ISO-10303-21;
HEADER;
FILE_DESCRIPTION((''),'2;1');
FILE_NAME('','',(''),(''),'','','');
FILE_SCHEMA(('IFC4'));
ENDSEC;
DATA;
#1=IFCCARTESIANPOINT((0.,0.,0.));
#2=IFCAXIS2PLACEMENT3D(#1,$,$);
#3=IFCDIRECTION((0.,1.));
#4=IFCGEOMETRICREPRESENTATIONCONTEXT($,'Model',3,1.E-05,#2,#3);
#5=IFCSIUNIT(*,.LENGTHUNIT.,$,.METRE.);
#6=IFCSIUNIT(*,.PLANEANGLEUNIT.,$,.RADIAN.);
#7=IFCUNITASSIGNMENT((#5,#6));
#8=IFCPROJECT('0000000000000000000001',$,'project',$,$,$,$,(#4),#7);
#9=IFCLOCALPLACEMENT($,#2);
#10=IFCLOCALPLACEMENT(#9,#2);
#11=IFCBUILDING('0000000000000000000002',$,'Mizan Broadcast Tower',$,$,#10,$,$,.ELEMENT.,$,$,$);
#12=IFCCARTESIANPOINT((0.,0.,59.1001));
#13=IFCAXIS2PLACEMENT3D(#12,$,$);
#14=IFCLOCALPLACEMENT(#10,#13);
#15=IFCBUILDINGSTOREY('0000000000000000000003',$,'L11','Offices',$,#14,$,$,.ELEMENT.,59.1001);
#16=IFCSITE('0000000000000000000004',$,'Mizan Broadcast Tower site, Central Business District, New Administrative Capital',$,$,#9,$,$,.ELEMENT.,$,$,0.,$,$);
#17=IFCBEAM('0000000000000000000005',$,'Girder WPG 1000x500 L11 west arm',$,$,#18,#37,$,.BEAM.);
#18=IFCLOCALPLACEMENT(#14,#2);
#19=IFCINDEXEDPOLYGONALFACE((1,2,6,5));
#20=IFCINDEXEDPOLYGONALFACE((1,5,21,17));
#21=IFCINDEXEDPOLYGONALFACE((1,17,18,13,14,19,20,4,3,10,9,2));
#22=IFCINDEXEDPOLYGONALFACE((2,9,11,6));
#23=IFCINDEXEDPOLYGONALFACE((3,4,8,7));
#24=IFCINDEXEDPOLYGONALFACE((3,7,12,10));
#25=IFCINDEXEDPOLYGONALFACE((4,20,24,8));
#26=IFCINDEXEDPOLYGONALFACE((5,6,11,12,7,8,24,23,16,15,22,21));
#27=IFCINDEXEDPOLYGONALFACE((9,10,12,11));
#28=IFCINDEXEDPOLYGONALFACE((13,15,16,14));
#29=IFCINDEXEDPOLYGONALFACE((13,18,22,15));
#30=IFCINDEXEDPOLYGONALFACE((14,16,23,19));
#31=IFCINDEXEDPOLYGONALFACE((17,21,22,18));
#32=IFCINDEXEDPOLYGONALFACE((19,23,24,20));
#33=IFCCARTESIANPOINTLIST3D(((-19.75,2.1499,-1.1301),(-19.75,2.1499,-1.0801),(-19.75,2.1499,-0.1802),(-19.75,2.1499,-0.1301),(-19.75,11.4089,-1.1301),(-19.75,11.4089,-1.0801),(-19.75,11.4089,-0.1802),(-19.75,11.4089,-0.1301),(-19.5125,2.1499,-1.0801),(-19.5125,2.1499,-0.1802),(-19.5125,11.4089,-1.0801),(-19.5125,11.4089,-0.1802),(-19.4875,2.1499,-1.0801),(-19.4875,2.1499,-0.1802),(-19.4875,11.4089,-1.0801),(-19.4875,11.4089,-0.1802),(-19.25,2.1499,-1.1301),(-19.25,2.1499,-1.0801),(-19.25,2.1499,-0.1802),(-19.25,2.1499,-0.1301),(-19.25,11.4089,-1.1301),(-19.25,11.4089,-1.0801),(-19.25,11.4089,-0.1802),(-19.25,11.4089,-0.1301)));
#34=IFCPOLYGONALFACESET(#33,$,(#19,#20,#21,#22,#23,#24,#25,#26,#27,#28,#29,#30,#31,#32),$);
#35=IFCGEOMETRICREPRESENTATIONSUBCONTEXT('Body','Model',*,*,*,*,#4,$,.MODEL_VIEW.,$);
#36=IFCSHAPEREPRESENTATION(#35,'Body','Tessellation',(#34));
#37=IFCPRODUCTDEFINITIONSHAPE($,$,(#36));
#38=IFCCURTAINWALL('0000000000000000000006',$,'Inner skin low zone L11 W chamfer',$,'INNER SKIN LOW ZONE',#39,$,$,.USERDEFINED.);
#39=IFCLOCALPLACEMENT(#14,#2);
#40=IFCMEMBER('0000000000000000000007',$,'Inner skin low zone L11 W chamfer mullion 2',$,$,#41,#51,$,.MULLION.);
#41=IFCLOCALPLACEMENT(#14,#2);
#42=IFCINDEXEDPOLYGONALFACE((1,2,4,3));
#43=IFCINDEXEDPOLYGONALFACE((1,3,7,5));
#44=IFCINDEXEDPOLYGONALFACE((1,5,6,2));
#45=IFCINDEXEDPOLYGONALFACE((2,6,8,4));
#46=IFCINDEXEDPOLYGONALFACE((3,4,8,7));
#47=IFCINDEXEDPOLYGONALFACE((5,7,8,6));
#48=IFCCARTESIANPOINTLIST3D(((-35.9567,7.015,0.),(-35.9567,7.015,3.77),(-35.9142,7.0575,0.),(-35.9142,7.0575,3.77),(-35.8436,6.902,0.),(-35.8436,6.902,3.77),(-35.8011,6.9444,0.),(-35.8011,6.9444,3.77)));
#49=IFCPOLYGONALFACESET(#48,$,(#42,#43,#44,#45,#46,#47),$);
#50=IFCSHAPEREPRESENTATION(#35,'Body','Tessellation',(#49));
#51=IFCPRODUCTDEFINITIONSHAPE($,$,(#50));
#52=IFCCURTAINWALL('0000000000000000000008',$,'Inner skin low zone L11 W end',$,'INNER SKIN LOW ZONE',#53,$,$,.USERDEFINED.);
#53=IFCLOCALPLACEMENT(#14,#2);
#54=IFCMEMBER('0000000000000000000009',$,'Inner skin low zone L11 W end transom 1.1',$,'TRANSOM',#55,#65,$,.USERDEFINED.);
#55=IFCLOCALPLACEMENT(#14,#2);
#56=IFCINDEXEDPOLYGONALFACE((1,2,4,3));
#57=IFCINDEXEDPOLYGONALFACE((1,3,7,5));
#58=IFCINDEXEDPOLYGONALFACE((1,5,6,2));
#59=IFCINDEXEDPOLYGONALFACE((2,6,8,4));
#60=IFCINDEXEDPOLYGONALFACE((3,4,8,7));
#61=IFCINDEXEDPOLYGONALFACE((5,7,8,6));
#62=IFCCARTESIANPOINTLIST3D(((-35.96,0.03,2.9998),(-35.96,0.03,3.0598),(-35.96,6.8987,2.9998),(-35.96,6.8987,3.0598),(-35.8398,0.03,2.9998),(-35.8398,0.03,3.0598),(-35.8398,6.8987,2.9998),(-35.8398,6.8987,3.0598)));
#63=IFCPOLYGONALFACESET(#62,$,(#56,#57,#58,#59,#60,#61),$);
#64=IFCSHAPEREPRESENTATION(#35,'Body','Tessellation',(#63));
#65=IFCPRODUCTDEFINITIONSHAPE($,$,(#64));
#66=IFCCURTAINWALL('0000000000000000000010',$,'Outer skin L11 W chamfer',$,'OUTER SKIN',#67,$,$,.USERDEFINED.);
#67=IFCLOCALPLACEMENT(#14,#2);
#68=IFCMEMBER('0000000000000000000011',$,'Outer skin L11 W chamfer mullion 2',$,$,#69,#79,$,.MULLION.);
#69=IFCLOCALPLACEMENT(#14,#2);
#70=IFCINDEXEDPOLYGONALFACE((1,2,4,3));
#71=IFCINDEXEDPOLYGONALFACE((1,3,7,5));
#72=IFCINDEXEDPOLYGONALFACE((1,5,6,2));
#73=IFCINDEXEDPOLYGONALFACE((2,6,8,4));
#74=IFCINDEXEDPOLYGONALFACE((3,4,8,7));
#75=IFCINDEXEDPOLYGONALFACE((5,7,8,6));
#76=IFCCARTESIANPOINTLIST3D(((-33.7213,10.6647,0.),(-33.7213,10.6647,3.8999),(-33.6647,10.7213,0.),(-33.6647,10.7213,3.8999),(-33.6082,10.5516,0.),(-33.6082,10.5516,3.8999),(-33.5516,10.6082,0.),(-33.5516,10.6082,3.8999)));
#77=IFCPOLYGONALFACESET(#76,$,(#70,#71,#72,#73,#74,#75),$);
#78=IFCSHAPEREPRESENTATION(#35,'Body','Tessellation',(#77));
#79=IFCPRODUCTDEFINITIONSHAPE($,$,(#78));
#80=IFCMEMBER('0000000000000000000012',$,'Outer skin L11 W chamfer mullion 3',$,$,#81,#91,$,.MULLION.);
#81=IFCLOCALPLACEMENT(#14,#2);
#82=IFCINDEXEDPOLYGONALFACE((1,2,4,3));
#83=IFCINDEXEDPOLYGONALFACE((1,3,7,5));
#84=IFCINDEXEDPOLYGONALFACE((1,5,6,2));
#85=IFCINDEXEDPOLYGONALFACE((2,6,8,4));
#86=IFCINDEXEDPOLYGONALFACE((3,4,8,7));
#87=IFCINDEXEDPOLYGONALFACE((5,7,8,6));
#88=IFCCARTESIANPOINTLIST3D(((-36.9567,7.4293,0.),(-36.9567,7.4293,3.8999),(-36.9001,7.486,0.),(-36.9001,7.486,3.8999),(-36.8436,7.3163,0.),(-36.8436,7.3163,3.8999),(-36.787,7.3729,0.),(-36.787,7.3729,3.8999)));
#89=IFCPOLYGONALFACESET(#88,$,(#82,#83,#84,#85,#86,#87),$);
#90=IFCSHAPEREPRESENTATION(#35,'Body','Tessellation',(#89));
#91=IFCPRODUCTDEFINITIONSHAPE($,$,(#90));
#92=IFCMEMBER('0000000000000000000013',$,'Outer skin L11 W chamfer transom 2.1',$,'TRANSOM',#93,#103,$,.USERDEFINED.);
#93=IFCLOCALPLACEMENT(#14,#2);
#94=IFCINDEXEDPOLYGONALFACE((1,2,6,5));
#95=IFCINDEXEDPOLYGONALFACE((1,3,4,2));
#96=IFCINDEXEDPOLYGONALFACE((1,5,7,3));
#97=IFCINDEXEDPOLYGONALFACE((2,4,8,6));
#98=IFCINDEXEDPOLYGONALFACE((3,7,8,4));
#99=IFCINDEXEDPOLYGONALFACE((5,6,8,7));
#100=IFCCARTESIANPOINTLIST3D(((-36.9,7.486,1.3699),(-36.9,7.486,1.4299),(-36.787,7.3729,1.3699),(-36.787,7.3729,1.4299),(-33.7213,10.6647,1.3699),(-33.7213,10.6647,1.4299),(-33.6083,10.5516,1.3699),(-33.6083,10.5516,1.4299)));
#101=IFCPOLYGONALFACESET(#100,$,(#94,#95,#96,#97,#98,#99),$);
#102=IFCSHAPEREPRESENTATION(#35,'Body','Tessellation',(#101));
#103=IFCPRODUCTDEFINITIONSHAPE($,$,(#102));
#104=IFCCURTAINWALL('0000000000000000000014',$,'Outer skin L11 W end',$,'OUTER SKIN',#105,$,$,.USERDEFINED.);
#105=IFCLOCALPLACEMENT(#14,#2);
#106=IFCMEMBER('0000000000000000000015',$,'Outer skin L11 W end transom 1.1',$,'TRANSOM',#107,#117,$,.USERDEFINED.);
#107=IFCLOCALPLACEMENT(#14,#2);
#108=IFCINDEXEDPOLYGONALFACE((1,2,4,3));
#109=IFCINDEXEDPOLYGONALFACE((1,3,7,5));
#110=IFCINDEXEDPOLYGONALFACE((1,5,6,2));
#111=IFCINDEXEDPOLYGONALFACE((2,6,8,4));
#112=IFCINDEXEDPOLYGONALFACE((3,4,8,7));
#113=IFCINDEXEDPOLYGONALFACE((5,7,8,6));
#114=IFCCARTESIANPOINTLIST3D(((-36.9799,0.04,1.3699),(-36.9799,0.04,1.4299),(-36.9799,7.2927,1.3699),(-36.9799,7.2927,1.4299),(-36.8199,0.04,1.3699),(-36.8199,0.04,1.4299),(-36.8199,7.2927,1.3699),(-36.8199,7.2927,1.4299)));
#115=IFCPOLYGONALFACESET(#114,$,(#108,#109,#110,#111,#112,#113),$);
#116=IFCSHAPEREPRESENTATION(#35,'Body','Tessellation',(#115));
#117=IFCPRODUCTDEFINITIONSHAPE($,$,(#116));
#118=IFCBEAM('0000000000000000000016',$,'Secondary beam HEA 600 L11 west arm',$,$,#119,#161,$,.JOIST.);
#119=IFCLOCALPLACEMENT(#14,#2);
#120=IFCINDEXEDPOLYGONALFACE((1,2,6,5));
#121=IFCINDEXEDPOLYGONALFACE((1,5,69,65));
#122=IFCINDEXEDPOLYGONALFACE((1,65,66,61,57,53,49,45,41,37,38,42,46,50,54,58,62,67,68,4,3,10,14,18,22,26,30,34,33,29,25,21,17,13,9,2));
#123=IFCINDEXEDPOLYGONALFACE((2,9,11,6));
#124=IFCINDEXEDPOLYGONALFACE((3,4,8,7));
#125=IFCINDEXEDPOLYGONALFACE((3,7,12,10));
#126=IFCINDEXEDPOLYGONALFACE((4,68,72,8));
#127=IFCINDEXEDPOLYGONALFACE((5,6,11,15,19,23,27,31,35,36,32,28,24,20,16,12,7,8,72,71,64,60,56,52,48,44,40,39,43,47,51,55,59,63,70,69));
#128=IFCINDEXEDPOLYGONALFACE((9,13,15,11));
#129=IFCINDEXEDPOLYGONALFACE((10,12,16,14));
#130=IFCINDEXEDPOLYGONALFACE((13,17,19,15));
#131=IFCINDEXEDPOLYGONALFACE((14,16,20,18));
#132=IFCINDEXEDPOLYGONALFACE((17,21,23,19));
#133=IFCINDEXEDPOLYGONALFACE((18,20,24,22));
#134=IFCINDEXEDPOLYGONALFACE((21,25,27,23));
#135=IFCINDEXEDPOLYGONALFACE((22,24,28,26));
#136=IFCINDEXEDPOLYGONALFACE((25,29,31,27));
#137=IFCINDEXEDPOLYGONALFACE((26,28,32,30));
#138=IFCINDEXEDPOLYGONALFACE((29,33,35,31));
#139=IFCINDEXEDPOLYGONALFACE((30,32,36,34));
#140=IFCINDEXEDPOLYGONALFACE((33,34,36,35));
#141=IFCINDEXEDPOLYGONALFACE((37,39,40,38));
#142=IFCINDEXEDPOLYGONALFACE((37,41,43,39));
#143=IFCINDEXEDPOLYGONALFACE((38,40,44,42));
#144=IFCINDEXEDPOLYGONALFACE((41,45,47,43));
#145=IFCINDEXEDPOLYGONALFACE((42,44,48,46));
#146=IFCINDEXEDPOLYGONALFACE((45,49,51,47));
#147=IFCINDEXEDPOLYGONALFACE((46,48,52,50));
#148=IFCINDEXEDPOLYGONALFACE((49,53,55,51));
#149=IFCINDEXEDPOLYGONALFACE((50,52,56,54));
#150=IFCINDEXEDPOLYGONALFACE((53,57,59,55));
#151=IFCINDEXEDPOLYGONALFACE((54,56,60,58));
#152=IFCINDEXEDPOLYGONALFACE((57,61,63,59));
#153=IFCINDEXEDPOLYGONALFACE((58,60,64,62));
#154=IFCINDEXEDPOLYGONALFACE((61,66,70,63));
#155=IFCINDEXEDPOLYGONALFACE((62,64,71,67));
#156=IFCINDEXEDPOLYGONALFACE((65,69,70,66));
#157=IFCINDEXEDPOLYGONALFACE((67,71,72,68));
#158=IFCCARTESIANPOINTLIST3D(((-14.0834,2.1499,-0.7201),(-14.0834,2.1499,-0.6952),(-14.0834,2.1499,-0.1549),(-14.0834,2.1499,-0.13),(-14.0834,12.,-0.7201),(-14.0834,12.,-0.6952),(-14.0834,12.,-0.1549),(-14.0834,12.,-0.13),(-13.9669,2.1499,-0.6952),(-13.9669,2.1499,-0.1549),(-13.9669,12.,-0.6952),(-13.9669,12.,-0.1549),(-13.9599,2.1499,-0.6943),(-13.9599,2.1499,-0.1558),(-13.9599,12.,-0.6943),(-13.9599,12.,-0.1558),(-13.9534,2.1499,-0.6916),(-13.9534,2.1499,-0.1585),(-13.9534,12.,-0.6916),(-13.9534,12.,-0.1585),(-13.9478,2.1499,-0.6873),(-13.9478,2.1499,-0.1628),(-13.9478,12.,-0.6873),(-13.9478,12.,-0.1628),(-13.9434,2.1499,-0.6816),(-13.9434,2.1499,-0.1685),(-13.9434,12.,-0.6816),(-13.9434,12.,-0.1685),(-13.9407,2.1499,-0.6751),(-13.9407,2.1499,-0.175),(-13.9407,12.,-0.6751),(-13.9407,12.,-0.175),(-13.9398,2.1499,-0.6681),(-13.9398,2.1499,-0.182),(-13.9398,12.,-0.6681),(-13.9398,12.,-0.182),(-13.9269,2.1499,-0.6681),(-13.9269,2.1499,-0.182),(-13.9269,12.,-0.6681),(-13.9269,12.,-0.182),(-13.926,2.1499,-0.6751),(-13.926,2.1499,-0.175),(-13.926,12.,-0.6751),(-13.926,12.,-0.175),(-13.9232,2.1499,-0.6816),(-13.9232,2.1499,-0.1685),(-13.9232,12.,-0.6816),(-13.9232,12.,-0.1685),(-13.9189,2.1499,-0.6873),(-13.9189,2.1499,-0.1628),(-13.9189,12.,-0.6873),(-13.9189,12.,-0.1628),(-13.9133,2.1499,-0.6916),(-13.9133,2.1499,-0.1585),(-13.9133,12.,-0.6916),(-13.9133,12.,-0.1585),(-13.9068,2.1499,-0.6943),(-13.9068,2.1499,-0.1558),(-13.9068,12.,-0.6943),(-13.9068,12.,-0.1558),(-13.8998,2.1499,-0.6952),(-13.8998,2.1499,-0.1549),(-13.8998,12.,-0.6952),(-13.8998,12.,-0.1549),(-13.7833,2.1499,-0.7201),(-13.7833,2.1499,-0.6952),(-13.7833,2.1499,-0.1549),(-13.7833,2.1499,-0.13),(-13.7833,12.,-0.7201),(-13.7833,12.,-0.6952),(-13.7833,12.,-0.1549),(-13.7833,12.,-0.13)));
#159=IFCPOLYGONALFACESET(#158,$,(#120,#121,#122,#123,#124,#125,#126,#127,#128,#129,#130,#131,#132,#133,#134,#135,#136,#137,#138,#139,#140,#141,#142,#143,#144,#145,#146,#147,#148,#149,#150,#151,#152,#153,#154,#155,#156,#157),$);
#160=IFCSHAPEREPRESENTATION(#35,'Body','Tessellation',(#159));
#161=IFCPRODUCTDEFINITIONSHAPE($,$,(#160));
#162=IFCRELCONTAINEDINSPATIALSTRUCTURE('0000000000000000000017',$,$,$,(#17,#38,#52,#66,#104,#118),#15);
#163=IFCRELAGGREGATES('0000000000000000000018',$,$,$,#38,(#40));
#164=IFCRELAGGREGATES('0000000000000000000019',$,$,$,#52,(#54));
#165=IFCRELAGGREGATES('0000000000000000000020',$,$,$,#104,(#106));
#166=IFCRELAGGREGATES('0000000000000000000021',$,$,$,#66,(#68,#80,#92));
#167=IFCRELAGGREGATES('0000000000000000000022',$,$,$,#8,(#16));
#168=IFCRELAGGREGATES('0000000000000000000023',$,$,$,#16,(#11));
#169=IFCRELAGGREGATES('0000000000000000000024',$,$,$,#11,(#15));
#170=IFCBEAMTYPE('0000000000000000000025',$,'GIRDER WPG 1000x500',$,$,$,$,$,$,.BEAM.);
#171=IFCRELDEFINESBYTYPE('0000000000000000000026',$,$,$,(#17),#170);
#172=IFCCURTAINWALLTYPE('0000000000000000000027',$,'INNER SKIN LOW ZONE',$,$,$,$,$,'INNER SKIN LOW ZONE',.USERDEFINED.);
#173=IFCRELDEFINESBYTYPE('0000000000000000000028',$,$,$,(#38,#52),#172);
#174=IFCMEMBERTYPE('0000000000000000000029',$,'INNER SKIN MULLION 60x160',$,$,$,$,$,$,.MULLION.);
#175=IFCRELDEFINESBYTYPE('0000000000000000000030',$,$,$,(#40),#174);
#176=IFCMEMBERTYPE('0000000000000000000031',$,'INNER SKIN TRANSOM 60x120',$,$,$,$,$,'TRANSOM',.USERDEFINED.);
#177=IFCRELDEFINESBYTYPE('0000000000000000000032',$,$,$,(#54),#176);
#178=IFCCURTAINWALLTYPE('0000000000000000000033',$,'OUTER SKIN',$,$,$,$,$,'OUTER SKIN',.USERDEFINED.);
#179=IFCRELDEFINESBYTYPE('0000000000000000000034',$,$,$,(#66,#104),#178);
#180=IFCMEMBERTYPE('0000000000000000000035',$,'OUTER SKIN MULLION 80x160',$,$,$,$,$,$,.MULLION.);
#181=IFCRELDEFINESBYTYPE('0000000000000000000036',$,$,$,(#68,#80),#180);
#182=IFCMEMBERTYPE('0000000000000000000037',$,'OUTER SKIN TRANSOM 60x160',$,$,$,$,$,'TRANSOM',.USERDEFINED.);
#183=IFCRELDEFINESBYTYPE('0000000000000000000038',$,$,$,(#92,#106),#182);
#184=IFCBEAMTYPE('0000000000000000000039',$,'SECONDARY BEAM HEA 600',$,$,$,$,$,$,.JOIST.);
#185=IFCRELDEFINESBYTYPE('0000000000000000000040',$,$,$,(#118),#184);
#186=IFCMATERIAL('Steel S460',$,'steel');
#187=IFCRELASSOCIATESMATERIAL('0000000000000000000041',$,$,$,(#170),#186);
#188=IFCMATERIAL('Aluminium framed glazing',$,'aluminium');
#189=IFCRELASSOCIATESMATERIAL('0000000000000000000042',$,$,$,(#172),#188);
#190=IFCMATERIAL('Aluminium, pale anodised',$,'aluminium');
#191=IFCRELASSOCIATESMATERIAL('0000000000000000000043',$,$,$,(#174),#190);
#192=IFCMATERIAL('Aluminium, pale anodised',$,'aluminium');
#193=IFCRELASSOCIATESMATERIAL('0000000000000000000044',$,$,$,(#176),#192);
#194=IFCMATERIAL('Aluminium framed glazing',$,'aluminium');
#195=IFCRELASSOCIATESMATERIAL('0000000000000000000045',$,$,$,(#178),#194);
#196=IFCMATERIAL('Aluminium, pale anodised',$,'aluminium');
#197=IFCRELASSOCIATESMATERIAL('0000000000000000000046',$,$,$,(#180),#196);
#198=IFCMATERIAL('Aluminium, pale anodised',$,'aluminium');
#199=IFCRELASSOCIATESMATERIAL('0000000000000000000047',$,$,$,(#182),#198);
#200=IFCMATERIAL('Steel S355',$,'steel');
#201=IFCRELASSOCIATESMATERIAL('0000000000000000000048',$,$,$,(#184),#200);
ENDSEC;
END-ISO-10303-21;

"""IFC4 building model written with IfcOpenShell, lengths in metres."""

from ifc_helpers import new_model, si_unit, direction, frame, origin, origin_2d, place, context, subcontext, project, spatial, rectangle, i_section, extrude, material, material_profile, profile_set, type_object, element, aggregate, save


model = new_model("IFC4")

# Units and contexts
model_context = context("Model", 3, precision=1e-05, world=origin(), true_north=direction((0.0, 1.0)))
body_context = subcontext(model_context, "Body", "Model", "MODEL_VIEW")
ifc_project = project(units=[si_unit("LENGTHUNIT", "METRE"), si_unit("PLANEANGLEUNIT", "RADIAN")], contexts=[model_context])

# Site, building, storey
site_placement = place(None, origin())
site = spatial("IfcSite", under=ifc_project, at=site_placement, Name="Mizan Broadcast Tower site, Central Business District, New Administrative Capital", CompositionType="ELEMENT", RefElevation=0.0)
building_placement = place(site_placement, origin())
building = spatial("IfcBuilding", under=site, at=building_placement, Name="Mizan Broadcast Tower", CompositionType="ELEMENT")
storey_placement = place(building_placement, frame((0.0, 0.0, 59.1001)))
storey = spatial("IfcBuildingStorey", under=building, at=storey_placement, Name="L11", Description="Offices", CompositionType="ELEMENT", Elevation=59.1001)

# Beam
ifc_material_1 = material(Name="Steel S460", Category="steel")
ifc_material_profile_1 = material_profile(ifc_material_1, i_section(OverallWidth=0.5, OverallDepth=1.0, WebThickness=0.0249, FlangeThickness=0.05, at=origin_2d()), Name="WPG 1000x500")
ifc_profile_set_1 = profile_set([ifc_material_profile_1], Name="Steel S460")
beam_type_1 = type_object("IfcBeamType", Name="GIRDER WPG 1000x500", PredefinedType="BEAM", material=ifc_profile_set_1)
beam_1_placement = place(storey_placement, frame((-19.5, 11.4089, -0.6301), z_axis=(0.0, -1.0, 0.0), x_axis=(1.0, 0.0, 0.0)))
element("IfcBeam", 1, at=beam_1_placement, inside=storey, type_object=beam_type_1, Name="Girder WPG 1000x500 L11 west arm", PredefinedType="BEAM", context=body_context, shape_type="SweptSolid", body=[
    extrude(i_section(OverallWidth=0.5, OverallDepth=1.0, WebThickness=0.0249, FlangeThickness=0.05, at=origin_2d()), origin(), (0.0, 0.0, 1.0), 9.259),
])

# Curtain walls, members
ifc_material_2 = material(Name="Aluminium framed glazing", Category="aluminium")
curtain_wall_type_1 = type_object("IfcCurtainWallType", Name="INNER SKIN LOW ZONE", ElementType="INNER SKIN LOW ZONE", PredefinedType="USERDEFINED", material=ifc_material_2)
curtain_wall_1_placement = place(storey_placement, origin())
curtain_wall_1 = element("IfcCurtainWall", 2, at=curtain_wall_1_placement, inside=storey, type_object=curtain_wall_type_1, Name="Inner skin low zone L11 W chamfer", ObjectType="INNER SKIN LOW ZONE", PredefinedType="USERDEFINED")
ifc_material_3 = material(Name="Aluminium, pale anodised", Category="aluminium")
ifc_material_profile_2 = material_profile(ifc_material_3, rectangle(XDim=0.1599, YDim=0.0601, at=origin_2d()), Name="MULLION 160x60")
ifc_profile_set_2 = profile_set([ifc_material_profile_2], Name="Aluminium, pale anodised")
member_type_1 = type_object("IfcMemberType", Name="INNER SKIN MULLION 60x160", PredefinedType="MULLION", material=ifc_profile_set_2)
member_1_placement = place(storey_placement, frame((-35.8789, 6.9797, 0.0), z_axis=(0.0, 0.0, 1.0), x_axis=(0.707107, -0.707107, 0.0)))
member_1 = element("IfcMember", 3, at=member_1_placement, type_object=member_type_1, Name="Inner skin low zone L11 W chamfer mullion 2", PredefinedType="MULLION", context=body_context, shape_type="SweptSolid", body=[
    extrude(rectangle(XDim=0.1599, YDim=0.0601, at=origin_2d()), origin(), (0.0, 0.0, 1.0), 3.77),
])
curtain_wall_2_placement = place(storey_placement, origin())
curtain_wall_2 = element("IfcCurtainWall", 4, at=curtain_wall_2_placement, inside=storey, type_object=curtain_wall_type_1, Name="Inner skin low zone L11 W end", ObjectType="INNER SKIN LOW ZONE", PredefinedType="USERDEFINED")
ifc_material_4 = material(Name="Aluminium, pale anodised", Category="aluminium")
ifc_material_profile_3 = material_profile(ifc_material_4, rectangle(XDim=0.1201, YDim=0.0601, at=origin_2d()), Name="TRANSOM 120x60")
ifc_profile_set_3 = profile_set([ifc_material_profile_3], Name="Aluminium, pale anodised")
member_type_2 = type_object("IfcMemberType", Name="INNER SKIN TRANSOM 60x120", ElementType="TRANSOM", PredefinedType="USERDEFINED", material=ifc_profile_set_3)
member_2_placement = place(storey_placement, frame((-35.8999, 6.8987, 3.0298), z_axis=(0.0, -1.0, 0.0), x_axis=(1.0, 0.0, 0.0)))
member_2 = element("IfcMember", 5, at=member_2_placement, type_object=member_type_2, Name="Inner skin low zone L11 W end transom 1.1", ObjectType="TRANSOM", PredefinedType="USERDEFINED", context=body_context, shape_type="SweptSolid", body=[
    extrude(rectangle(XDim=0.1201, YDim=0.0601, at=origin_2d()), origin(), (0.0, 0.0, 1.0), 6.8687),
])

# Curtain wall, members
ifc_material_5 = material(Name="Aluminium framed glazing", Category="aluminium")
curtain_wall_type_2 = type_object("IfcCurtainWallType", Name="OUTER SKIN", ElementType="OUTER SKIN", PredefinedType="USERDEFINED", material=ifc_material_5)
curtain_wall_3_placement = place(storey_placement, origin())
curtain_wall_3 = element("IfcCurtainWall", 6, at=curtain_wall_3_placement, inside=storey, type_object=curtain_wall_type_2, Name="Outer skin L11 W chamfer", ObjectType="OUTER SKIN", PredefinedType="USERDEFINED")
ifc_material_6 = material(Name="Aluminium, pale anodised", Category="aluminium")
ifc_material_profile_4 = material_profile(ifc_material_6, rectangle(XDim=0.1599, YDim=0.0801, at=origin_2d()), Name="MULLION 160x80")
ifc_profile_set_4 = profile_set([ifc_material_profile_4], Name="Aluminium, pale anodised")
member_type_3 = type_object("IfcMemberType", Name="OUTER SKIN MULLION 80x160", PredefinedType="MULLION", material=ifc_profile_set_4)
member_3_placement = place(storey_placement, frame((-33.6365, 10.6365, 0.0), z_axis=(0.0, 0.0, 1.0), x_axis=(0.707107, -0.707107, 0.0)))
member_3 = element("IfcMember", 7, at=member_3_placement, type_object=member_type_3, Name="Outer skin L11 W chamfer mullion 2", PredefinedType="MULLION", context=body_context, shape_type="SweptSolid", body=[
    extrude(rectangle(XDim=0.1599, YDim=0.0801, at=origin_2d()), origin(), (0.0, 0.0, 1.0), 3.8999),
])
member_4_placement = place(storey_placement, frame((-36.8718, 7.4011, 0.0), z_axis=(0.0, 0.0, 1.0), x_axis=(0.707107, -0.707107, 0.0)))
member_4 = element("IfcMember", 8, at=member_4_placement, type_object=member_type_3, Name="Outer skin L11 W chamfer mullion 3", PredefinedType="MULLION", context=body_context, shape_type="SweptSolid", body=[
    extrude(rectangle(XDim=0.1599, YDim=0.0801, at=origin_2d()), origin(), (0.0, 0.0, 1.0), 3.8999),
])
ifc_material_7 = material(Name="Aluminium, pale anodised", Category="aluminium")
ifc_material_profile_5 = material_profile(ifc_material_7, rectangle(XDim=0.1599, YDim=0.0601, at=origin_2d()), Name="TRANSOM 160x60")
ifc_profile_set_5 = profile_set([ifc_material_profile_5], Name="Aluminium, pale anodised")
member_type_4 = type_object("IfcMemberType", Name="OUTER SKIN TRANSOM 60x160", ElementType="TRANSOM", PredefinedType="USERDEFINED", material=ifc_profile_set_5)
member_5_placement = place(storey_placement, frame((-33.6648, 10.6082, 1.3999), z_axis=(-0.707107, -0.707107, 0.0), x_axis=(0.707107, -0.707107, 0.0)))
member_5 = element("IfcMember", 9, at=member_5_placement, type_object=member_type_4, Name="Outer skin L11 W chamfer transom 2.1", ObjectType="TRANSOM", PredefinedType="USERDEFINED", context=body_context, shape_type="SweptSolid", body=[
    extrude(rectangle(XDim=0.1599, YDim=0.0601, at=origin_2d()), origin(), (0.0, 0.0, 1.0), 4.4954),
])

# Curtain wall, member
curtain_wall_4_placement = place(storey_placement, origin())
curtain_wall_4 = element("IfcCurtainWall", 10, at=curtain_wall_4_placement, inside=storey, type_object=curtain_wall_type_2, Name="Outer skin L11 W end", ObjectType="OUTER SKIN", PredefinedType="USERDEFINED")
member_6_placement = place(storey_placement, frame((-36.8999, 7.2927, 1.3999), z_axis=(0.0, -1.0, 0.0), x_axis=(1.0, 0.0, 0.0)))
member_6 = element("IfcMember", 11, at=member_6_placement, type_object=member_type_4, Name="Outer skin L11 W end transom 1.1", ObjectType="TRANSOM", PredefinedType="USERDEFINED", context=body_context, shape_type="SweptSolid", body=[
    extrude(rectangle(XDim=0.1599, YDim=0.0601, at=origin_2d()), origin(), (0.0, 0.0, 1.0), 7.2527),
])

# Beam
ifc_material_8 = material(Name="Steel S355", Category="steel")
ifc_material_profile_6 = material_profile(ifc_material_8, i_section(OverallWidth=0.3, OverallDepth=0.5901, WebThickness=0.0129, FlangeThickness=0.0249, FilletRadius=0.0271, at=origin_2d()), Name="HEA 600")
ifc_profile_set_6 = profile_set([ifc_material_profile_6], Name="Steel S355")
beam_type_2 = type_object("IfcBeamType", Name="SECONDARY BEAM HEA 600", PredefinedType="JOIST", material=ifc_profile_set_6)
for number, where, z_axis, x_axis, name in (
    (12, (-13.9333, 12.0, -0.425), (0.0, -1.0, 0.0), (1.0, 0.0, 0.0), "Secondary beam HEA 600 L11 west arm"),
):
    element("IfcBeam", number, at=place(storey_placement, frame(where, z_axis=z_axis, x_axis=x_axis)), inside=storey, type_object=beam_type_2, Name=name, PredefinedType="JOIST", context=body_context, shape_type="SweptSolid", body=[
        extrude(i_section(OverallWidth=0.3, OverallDepth=0.5901, WebThickness=0.0129, FlangeThickness=0.0249, FilletRadius=0.0271, at=origin_2d()), origin(), (0.0, 0.0, 1.0), 9.8501),
    ])

aggregate(curtain_wall_1, [member_1])
aggregate(curtain_wall_2, [member_2])
aggregate(curtain_wall_4, [member_6])
aggregate(curtain_wall_3, [member_3, member_4, member_5])

save(model, "model.ifc")
